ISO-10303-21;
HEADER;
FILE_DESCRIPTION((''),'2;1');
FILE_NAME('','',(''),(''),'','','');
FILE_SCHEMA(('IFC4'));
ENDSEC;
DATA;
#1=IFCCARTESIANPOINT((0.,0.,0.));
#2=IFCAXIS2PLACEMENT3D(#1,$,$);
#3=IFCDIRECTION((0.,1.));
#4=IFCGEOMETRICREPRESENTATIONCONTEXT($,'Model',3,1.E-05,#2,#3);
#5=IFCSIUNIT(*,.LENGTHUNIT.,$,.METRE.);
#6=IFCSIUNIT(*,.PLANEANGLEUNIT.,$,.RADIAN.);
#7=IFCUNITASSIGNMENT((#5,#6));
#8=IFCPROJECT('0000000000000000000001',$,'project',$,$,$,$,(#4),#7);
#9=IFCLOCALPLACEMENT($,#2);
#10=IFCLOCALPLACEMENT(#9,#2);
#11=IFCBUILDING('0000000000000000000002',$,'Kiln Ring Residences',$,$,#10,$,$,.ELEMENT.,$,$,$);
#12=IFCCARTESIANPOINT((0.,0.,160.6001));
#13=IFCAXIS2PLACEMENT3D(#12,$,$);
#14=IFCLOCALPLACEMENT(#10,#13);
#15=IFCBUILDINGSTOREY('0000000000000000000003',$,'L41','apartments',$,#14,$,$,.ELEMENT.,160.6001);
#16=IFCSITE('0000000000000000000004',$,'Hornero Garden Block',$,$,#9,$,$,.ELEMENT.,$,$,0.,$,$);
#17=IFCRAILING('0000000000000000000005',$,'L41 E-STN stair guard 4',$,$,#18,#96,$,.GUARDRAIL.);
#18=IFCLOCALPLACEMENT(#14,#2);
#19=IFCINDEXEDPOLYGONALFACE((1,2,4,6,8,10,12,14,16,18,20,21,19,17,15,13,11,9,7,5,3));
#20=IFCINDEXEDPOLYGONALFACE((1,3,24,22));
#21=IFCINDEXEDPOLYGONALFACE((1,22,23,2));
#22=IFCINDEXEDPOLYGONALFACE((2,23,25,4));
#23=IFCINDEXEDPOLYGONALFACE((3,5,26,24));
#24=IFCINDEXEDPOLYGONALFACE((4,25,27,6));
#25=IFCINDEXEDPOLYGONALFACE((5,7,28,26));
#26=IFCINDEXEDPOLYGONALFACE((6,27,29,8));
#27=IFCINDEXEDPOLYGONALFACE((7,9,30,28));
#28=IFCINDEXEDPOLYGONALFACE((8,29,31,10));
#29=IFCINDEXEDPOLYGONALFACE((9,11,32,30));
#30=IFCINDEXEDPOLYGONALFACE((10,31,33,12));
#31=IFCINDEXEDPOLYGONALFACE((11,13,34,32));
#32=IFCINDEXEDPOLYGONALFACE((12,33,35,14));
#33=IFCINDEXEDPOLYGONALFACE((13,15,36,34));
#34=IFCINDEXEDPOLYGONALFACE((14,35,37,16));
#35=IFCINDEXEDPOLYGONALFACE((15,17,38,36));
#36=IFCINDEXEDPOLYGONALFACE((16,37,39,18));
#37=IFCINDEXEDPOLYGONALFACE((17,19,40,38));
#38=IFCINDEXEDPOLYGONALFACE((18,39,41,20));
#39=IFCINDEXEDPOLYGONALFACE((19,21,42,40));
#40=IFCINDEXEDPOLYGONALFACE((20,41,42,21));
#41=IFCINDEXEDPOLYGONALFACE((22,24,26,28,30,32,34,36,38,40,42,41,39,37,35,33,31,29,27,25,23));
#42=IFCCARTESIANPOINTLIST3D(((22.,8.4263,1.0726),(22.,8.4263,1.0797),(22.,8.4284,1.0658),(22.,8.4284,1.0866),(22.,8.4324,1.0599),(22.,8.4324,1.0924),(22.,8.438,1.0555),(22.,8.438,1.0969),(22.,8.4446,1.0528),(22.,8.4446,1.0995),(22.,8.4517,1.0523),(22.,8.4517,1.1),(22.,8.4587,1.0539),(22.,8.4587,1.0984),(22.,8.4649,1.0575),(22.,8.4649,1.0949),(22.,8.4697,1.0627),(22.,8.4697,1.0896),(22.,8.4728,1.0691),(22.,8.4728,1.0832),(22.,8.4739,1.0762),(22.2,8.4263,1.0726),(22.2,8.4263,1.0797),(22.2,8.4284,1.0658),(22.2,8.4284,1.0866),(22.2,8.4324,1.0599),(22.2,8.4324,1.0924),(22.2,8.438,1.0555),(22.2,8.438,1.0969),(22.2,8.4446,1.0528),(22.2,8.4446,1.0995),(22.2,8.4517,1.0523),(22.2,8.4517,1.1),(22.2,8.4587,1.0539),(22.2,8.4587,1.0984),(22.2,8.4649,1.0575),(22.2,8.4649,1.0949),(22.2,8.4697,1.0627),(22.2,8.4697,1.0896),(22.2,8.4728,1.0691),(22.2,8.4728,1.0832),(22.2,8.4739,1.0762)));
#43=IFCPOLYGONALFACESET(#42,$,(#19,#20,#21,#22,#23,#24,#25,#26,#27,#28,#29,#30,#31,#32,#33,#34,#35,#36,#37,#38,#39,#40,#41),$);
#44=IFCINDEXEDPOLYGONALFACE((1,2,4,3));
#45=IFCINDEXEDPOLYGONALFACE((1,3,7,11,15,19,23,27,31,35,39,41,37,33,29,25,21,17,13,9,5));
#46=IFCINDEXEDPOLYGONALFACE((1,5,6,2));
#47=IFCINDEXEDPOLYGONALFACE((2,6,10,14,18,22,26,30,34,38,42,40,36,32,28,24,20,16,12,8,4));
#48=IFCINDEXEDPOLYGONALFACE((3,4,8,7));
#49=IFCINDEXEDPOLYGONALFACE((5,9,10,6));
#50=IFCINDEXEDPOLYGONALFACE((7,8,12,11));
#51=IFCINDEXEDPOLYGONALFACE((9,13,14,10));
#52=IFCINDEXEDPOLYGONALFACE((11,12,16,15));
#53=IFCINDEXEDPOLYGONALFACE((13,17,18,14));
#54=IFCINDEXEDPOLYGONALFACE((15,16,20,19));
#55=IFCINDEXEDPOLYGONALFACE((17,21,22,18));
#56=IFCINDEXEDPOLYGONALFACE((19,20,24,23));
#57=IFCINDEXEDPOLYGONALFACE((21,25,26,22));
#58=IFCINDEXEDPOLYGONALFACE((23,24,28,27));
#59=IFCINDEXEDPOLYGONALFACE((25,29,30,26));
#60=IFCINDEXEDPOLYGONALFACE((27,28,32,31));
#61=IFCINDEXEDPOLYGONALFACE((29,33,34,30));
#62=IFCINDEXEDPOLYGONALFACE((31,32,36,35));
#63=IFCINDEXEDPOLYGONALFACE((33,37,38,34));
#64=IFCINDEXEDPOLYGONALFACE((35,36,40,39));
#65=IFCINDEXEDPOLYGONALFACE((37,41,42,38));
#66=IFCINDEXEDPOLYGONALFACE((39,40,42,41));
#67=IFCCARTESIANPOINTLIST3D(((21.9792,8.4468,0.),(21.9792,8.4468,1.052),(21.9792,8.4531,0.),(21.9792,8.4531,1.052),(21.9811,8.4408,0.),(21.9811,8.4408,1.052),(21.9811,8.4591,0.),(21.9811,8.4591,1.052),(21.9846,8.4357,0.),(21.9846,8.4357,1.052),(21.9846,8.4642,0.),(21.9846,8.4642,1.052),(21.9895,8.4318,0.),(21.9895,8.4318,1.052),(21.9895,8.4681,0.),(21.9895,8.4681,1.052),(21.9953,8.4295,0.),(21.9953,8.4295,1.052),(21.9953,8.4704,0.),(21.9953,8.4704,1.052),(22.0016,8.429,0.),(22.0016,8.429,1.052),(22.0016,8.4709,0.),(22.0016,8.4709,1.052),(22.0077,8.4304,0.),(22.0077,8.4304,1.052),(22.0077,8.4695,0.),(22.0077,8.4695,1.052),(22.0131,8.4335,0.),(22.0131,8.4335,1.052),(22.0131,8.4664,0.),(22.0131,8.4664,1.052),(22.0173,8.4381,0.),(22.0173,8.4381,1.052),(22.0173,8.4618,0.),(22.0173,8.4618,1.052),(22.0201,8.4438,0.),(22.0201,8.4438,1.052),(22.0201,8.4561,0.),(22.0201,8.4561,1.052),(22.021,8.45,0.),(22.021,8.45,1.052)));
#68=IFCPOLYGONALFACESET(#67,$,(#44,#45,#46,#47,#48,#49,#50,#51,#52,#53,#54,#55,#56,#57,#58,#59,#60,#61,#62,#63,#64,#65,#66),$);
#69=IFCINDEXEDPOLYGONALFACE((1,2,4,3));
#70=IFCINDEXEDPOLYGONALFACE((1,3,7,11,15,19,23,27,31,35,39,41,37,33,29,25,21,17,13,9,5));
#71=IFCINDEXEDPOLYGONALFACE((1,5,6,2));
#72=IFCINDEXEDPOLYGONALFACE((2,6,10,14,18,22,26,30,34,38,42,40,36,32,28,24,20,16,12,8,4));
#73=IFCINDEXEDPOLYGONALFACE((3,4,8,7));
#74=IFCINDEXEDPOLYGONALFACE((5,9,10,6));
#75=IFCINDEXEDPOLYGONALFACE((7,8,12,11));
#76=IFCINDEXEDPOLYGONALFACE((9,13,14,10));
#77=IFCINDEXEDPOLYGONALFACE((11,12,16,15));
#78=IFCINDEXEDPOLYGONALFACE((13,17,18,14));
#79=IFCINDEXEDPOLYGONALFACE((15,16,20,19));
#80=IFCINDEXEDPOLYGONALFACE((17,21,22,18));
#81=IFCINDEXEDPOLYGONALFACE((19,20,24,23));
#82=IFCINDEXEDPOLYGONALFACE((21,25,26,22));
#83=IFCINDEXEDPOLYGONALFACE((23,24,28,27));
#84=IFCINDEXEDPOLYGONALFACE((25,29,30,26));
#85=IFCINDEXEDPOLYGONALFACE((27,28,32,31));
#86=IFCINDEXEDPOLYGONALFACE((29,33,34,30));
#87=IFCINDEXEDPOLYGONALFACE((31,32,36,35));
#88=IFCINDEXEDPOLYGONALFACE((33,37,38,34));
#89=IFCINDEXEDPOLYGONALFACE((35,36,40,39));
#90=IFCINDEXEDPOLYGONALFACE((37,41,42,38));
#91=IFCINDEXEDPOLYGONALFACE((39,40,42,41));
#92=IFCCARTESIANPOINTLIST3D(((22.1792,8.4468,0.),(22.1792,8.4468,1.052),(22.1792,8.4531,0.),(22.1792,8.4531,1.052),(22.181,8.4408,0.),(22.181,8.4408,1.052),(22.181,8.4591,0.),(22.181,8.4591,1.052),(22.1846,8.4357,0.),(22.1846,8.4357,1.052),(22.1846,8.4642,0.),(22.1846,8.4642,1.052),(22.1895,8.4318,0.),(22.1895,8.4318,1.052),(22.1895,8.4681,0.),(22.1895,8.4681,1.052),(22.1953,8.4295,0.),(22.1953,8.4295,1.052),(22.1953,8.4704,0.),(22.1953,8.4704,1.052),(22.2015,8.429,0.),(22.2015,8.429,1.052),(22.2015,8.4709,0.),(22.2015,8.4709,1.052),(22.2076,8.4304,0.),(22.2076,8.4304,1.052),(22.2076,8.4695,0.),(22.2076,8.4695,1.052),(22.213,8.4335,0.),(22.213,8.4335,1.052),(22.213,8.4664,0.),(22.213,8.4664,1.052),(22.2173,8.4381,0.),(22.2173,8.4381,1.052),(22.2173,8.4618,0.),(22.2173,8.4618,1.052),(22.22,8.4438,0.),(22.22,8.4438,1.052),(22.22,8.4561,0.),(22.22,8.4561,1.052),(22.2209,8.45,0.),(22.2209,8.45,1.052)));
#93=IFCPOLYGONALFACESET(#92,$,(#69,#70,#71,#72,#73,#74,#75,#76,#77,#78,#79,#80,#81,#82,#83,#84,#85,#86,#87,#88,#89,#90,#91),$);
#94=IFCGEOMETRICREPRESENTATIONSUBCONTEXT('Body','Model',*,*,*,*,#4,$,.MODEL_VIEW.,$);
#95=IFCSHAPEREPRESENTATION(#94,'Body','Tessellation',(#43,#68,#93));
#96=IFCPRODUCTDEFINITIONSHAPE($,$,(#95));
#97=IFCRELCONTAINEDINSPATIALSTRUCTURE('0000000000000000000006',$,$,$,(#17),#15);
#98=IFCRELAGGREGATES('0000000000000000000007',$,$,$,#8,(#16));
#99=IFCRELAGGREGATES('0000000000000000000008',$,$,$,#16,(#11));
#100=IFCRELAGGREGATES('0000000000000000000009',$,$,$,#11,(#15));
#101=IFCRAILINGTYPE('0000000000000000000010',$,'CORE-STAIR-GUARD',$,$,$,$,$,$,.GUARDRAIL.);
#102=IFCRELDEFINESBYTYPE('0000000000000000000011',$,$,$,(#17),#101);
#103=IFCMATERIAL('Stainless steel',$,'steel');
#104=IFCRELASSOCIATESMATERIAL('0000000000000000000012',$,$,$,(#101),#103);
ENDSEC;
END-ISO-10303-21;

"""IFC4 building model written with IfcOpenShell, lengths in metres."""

from ifc_helpers import new_model, si_unit, direction, frame, origin, origin_2d, place, context, subcontext, project, spatial, circle, extrude, material, type_object, element, save


model = new_model("IFC4")

# Units and contexts
model_context = context("Model", 3, precision=1e-05, world=origin(), true_north=direction((0.0, 1.0)))
body_context = subcontext(model_context, "Body", "Model", "MODEL_VIEW")
ifc_project = project(units=[si_unit("LENGTHUNIT", "METRE"), si_unit("PLANEANGLEUNIT", "RADIAN")], contexts=[model_context])

# Site, building, storey
site_placement = place(None, origin())
site = spatial("IfcSite", under=ifc_project, at=site_placement, Name="Hornero Garden Block", CompositionType="ELEMENT", RefElevation=0.0)
building_placement = place(site_placement, origin())
building = spatial("IfcBuilding", under=site, at=building_placement, Name="Kiln Ring Residences", CompositionType="ELEMENT")
storey_placement = place(building_placement, frame((0.0, 0.0, 160.6001)))
storey = spatial("IfcBuildingStorey", under=building, at=storey_placement, Name="L41", Description="apartments", CompositionType="ELEMENT", Elevation=160.6001)

# Railing
ifc_material_1 = material(Name="Stainless steel", Category="steel")
railing_type = type_object("IfcRailingType", Name="CORE-STAIR-GUARD", PredefinedType="GUARDRAIL", material=ifc_material_1)
railing_1_placement = place(storey_placement, frame((22.0, 8.45, 0.0)))
element("IfcRailing", 1, at=railing_1_placement, inside=storey, type_object=railing_type, Name="L41 E-STN stair guard 4", PredefinedType="GUARDRAIL", context=body_context, shape_type="SweptSolid", body=[
    extrude(circle(Radius=0.0239, at=origin_2d()), frame((0.0, 0.0, 1.0762), z_axis=(1.0, 0.0, 0.0), x_axis=(0.0, 1.0, 0.0)), (0.0, 0.0, 1.0), 0.2),
    extrude(circle(Radius=0.021, at=origin_2d()), origin(), (0.0, 0.0, 1.0), 1.052),
    extrude(circle(Radius=0.021, at=origin_2d()), frame((0.2, 0.0, 0.0)), (0.0, 0.0, 1.0), 1.052),
])

save(model, "model.ifc")
